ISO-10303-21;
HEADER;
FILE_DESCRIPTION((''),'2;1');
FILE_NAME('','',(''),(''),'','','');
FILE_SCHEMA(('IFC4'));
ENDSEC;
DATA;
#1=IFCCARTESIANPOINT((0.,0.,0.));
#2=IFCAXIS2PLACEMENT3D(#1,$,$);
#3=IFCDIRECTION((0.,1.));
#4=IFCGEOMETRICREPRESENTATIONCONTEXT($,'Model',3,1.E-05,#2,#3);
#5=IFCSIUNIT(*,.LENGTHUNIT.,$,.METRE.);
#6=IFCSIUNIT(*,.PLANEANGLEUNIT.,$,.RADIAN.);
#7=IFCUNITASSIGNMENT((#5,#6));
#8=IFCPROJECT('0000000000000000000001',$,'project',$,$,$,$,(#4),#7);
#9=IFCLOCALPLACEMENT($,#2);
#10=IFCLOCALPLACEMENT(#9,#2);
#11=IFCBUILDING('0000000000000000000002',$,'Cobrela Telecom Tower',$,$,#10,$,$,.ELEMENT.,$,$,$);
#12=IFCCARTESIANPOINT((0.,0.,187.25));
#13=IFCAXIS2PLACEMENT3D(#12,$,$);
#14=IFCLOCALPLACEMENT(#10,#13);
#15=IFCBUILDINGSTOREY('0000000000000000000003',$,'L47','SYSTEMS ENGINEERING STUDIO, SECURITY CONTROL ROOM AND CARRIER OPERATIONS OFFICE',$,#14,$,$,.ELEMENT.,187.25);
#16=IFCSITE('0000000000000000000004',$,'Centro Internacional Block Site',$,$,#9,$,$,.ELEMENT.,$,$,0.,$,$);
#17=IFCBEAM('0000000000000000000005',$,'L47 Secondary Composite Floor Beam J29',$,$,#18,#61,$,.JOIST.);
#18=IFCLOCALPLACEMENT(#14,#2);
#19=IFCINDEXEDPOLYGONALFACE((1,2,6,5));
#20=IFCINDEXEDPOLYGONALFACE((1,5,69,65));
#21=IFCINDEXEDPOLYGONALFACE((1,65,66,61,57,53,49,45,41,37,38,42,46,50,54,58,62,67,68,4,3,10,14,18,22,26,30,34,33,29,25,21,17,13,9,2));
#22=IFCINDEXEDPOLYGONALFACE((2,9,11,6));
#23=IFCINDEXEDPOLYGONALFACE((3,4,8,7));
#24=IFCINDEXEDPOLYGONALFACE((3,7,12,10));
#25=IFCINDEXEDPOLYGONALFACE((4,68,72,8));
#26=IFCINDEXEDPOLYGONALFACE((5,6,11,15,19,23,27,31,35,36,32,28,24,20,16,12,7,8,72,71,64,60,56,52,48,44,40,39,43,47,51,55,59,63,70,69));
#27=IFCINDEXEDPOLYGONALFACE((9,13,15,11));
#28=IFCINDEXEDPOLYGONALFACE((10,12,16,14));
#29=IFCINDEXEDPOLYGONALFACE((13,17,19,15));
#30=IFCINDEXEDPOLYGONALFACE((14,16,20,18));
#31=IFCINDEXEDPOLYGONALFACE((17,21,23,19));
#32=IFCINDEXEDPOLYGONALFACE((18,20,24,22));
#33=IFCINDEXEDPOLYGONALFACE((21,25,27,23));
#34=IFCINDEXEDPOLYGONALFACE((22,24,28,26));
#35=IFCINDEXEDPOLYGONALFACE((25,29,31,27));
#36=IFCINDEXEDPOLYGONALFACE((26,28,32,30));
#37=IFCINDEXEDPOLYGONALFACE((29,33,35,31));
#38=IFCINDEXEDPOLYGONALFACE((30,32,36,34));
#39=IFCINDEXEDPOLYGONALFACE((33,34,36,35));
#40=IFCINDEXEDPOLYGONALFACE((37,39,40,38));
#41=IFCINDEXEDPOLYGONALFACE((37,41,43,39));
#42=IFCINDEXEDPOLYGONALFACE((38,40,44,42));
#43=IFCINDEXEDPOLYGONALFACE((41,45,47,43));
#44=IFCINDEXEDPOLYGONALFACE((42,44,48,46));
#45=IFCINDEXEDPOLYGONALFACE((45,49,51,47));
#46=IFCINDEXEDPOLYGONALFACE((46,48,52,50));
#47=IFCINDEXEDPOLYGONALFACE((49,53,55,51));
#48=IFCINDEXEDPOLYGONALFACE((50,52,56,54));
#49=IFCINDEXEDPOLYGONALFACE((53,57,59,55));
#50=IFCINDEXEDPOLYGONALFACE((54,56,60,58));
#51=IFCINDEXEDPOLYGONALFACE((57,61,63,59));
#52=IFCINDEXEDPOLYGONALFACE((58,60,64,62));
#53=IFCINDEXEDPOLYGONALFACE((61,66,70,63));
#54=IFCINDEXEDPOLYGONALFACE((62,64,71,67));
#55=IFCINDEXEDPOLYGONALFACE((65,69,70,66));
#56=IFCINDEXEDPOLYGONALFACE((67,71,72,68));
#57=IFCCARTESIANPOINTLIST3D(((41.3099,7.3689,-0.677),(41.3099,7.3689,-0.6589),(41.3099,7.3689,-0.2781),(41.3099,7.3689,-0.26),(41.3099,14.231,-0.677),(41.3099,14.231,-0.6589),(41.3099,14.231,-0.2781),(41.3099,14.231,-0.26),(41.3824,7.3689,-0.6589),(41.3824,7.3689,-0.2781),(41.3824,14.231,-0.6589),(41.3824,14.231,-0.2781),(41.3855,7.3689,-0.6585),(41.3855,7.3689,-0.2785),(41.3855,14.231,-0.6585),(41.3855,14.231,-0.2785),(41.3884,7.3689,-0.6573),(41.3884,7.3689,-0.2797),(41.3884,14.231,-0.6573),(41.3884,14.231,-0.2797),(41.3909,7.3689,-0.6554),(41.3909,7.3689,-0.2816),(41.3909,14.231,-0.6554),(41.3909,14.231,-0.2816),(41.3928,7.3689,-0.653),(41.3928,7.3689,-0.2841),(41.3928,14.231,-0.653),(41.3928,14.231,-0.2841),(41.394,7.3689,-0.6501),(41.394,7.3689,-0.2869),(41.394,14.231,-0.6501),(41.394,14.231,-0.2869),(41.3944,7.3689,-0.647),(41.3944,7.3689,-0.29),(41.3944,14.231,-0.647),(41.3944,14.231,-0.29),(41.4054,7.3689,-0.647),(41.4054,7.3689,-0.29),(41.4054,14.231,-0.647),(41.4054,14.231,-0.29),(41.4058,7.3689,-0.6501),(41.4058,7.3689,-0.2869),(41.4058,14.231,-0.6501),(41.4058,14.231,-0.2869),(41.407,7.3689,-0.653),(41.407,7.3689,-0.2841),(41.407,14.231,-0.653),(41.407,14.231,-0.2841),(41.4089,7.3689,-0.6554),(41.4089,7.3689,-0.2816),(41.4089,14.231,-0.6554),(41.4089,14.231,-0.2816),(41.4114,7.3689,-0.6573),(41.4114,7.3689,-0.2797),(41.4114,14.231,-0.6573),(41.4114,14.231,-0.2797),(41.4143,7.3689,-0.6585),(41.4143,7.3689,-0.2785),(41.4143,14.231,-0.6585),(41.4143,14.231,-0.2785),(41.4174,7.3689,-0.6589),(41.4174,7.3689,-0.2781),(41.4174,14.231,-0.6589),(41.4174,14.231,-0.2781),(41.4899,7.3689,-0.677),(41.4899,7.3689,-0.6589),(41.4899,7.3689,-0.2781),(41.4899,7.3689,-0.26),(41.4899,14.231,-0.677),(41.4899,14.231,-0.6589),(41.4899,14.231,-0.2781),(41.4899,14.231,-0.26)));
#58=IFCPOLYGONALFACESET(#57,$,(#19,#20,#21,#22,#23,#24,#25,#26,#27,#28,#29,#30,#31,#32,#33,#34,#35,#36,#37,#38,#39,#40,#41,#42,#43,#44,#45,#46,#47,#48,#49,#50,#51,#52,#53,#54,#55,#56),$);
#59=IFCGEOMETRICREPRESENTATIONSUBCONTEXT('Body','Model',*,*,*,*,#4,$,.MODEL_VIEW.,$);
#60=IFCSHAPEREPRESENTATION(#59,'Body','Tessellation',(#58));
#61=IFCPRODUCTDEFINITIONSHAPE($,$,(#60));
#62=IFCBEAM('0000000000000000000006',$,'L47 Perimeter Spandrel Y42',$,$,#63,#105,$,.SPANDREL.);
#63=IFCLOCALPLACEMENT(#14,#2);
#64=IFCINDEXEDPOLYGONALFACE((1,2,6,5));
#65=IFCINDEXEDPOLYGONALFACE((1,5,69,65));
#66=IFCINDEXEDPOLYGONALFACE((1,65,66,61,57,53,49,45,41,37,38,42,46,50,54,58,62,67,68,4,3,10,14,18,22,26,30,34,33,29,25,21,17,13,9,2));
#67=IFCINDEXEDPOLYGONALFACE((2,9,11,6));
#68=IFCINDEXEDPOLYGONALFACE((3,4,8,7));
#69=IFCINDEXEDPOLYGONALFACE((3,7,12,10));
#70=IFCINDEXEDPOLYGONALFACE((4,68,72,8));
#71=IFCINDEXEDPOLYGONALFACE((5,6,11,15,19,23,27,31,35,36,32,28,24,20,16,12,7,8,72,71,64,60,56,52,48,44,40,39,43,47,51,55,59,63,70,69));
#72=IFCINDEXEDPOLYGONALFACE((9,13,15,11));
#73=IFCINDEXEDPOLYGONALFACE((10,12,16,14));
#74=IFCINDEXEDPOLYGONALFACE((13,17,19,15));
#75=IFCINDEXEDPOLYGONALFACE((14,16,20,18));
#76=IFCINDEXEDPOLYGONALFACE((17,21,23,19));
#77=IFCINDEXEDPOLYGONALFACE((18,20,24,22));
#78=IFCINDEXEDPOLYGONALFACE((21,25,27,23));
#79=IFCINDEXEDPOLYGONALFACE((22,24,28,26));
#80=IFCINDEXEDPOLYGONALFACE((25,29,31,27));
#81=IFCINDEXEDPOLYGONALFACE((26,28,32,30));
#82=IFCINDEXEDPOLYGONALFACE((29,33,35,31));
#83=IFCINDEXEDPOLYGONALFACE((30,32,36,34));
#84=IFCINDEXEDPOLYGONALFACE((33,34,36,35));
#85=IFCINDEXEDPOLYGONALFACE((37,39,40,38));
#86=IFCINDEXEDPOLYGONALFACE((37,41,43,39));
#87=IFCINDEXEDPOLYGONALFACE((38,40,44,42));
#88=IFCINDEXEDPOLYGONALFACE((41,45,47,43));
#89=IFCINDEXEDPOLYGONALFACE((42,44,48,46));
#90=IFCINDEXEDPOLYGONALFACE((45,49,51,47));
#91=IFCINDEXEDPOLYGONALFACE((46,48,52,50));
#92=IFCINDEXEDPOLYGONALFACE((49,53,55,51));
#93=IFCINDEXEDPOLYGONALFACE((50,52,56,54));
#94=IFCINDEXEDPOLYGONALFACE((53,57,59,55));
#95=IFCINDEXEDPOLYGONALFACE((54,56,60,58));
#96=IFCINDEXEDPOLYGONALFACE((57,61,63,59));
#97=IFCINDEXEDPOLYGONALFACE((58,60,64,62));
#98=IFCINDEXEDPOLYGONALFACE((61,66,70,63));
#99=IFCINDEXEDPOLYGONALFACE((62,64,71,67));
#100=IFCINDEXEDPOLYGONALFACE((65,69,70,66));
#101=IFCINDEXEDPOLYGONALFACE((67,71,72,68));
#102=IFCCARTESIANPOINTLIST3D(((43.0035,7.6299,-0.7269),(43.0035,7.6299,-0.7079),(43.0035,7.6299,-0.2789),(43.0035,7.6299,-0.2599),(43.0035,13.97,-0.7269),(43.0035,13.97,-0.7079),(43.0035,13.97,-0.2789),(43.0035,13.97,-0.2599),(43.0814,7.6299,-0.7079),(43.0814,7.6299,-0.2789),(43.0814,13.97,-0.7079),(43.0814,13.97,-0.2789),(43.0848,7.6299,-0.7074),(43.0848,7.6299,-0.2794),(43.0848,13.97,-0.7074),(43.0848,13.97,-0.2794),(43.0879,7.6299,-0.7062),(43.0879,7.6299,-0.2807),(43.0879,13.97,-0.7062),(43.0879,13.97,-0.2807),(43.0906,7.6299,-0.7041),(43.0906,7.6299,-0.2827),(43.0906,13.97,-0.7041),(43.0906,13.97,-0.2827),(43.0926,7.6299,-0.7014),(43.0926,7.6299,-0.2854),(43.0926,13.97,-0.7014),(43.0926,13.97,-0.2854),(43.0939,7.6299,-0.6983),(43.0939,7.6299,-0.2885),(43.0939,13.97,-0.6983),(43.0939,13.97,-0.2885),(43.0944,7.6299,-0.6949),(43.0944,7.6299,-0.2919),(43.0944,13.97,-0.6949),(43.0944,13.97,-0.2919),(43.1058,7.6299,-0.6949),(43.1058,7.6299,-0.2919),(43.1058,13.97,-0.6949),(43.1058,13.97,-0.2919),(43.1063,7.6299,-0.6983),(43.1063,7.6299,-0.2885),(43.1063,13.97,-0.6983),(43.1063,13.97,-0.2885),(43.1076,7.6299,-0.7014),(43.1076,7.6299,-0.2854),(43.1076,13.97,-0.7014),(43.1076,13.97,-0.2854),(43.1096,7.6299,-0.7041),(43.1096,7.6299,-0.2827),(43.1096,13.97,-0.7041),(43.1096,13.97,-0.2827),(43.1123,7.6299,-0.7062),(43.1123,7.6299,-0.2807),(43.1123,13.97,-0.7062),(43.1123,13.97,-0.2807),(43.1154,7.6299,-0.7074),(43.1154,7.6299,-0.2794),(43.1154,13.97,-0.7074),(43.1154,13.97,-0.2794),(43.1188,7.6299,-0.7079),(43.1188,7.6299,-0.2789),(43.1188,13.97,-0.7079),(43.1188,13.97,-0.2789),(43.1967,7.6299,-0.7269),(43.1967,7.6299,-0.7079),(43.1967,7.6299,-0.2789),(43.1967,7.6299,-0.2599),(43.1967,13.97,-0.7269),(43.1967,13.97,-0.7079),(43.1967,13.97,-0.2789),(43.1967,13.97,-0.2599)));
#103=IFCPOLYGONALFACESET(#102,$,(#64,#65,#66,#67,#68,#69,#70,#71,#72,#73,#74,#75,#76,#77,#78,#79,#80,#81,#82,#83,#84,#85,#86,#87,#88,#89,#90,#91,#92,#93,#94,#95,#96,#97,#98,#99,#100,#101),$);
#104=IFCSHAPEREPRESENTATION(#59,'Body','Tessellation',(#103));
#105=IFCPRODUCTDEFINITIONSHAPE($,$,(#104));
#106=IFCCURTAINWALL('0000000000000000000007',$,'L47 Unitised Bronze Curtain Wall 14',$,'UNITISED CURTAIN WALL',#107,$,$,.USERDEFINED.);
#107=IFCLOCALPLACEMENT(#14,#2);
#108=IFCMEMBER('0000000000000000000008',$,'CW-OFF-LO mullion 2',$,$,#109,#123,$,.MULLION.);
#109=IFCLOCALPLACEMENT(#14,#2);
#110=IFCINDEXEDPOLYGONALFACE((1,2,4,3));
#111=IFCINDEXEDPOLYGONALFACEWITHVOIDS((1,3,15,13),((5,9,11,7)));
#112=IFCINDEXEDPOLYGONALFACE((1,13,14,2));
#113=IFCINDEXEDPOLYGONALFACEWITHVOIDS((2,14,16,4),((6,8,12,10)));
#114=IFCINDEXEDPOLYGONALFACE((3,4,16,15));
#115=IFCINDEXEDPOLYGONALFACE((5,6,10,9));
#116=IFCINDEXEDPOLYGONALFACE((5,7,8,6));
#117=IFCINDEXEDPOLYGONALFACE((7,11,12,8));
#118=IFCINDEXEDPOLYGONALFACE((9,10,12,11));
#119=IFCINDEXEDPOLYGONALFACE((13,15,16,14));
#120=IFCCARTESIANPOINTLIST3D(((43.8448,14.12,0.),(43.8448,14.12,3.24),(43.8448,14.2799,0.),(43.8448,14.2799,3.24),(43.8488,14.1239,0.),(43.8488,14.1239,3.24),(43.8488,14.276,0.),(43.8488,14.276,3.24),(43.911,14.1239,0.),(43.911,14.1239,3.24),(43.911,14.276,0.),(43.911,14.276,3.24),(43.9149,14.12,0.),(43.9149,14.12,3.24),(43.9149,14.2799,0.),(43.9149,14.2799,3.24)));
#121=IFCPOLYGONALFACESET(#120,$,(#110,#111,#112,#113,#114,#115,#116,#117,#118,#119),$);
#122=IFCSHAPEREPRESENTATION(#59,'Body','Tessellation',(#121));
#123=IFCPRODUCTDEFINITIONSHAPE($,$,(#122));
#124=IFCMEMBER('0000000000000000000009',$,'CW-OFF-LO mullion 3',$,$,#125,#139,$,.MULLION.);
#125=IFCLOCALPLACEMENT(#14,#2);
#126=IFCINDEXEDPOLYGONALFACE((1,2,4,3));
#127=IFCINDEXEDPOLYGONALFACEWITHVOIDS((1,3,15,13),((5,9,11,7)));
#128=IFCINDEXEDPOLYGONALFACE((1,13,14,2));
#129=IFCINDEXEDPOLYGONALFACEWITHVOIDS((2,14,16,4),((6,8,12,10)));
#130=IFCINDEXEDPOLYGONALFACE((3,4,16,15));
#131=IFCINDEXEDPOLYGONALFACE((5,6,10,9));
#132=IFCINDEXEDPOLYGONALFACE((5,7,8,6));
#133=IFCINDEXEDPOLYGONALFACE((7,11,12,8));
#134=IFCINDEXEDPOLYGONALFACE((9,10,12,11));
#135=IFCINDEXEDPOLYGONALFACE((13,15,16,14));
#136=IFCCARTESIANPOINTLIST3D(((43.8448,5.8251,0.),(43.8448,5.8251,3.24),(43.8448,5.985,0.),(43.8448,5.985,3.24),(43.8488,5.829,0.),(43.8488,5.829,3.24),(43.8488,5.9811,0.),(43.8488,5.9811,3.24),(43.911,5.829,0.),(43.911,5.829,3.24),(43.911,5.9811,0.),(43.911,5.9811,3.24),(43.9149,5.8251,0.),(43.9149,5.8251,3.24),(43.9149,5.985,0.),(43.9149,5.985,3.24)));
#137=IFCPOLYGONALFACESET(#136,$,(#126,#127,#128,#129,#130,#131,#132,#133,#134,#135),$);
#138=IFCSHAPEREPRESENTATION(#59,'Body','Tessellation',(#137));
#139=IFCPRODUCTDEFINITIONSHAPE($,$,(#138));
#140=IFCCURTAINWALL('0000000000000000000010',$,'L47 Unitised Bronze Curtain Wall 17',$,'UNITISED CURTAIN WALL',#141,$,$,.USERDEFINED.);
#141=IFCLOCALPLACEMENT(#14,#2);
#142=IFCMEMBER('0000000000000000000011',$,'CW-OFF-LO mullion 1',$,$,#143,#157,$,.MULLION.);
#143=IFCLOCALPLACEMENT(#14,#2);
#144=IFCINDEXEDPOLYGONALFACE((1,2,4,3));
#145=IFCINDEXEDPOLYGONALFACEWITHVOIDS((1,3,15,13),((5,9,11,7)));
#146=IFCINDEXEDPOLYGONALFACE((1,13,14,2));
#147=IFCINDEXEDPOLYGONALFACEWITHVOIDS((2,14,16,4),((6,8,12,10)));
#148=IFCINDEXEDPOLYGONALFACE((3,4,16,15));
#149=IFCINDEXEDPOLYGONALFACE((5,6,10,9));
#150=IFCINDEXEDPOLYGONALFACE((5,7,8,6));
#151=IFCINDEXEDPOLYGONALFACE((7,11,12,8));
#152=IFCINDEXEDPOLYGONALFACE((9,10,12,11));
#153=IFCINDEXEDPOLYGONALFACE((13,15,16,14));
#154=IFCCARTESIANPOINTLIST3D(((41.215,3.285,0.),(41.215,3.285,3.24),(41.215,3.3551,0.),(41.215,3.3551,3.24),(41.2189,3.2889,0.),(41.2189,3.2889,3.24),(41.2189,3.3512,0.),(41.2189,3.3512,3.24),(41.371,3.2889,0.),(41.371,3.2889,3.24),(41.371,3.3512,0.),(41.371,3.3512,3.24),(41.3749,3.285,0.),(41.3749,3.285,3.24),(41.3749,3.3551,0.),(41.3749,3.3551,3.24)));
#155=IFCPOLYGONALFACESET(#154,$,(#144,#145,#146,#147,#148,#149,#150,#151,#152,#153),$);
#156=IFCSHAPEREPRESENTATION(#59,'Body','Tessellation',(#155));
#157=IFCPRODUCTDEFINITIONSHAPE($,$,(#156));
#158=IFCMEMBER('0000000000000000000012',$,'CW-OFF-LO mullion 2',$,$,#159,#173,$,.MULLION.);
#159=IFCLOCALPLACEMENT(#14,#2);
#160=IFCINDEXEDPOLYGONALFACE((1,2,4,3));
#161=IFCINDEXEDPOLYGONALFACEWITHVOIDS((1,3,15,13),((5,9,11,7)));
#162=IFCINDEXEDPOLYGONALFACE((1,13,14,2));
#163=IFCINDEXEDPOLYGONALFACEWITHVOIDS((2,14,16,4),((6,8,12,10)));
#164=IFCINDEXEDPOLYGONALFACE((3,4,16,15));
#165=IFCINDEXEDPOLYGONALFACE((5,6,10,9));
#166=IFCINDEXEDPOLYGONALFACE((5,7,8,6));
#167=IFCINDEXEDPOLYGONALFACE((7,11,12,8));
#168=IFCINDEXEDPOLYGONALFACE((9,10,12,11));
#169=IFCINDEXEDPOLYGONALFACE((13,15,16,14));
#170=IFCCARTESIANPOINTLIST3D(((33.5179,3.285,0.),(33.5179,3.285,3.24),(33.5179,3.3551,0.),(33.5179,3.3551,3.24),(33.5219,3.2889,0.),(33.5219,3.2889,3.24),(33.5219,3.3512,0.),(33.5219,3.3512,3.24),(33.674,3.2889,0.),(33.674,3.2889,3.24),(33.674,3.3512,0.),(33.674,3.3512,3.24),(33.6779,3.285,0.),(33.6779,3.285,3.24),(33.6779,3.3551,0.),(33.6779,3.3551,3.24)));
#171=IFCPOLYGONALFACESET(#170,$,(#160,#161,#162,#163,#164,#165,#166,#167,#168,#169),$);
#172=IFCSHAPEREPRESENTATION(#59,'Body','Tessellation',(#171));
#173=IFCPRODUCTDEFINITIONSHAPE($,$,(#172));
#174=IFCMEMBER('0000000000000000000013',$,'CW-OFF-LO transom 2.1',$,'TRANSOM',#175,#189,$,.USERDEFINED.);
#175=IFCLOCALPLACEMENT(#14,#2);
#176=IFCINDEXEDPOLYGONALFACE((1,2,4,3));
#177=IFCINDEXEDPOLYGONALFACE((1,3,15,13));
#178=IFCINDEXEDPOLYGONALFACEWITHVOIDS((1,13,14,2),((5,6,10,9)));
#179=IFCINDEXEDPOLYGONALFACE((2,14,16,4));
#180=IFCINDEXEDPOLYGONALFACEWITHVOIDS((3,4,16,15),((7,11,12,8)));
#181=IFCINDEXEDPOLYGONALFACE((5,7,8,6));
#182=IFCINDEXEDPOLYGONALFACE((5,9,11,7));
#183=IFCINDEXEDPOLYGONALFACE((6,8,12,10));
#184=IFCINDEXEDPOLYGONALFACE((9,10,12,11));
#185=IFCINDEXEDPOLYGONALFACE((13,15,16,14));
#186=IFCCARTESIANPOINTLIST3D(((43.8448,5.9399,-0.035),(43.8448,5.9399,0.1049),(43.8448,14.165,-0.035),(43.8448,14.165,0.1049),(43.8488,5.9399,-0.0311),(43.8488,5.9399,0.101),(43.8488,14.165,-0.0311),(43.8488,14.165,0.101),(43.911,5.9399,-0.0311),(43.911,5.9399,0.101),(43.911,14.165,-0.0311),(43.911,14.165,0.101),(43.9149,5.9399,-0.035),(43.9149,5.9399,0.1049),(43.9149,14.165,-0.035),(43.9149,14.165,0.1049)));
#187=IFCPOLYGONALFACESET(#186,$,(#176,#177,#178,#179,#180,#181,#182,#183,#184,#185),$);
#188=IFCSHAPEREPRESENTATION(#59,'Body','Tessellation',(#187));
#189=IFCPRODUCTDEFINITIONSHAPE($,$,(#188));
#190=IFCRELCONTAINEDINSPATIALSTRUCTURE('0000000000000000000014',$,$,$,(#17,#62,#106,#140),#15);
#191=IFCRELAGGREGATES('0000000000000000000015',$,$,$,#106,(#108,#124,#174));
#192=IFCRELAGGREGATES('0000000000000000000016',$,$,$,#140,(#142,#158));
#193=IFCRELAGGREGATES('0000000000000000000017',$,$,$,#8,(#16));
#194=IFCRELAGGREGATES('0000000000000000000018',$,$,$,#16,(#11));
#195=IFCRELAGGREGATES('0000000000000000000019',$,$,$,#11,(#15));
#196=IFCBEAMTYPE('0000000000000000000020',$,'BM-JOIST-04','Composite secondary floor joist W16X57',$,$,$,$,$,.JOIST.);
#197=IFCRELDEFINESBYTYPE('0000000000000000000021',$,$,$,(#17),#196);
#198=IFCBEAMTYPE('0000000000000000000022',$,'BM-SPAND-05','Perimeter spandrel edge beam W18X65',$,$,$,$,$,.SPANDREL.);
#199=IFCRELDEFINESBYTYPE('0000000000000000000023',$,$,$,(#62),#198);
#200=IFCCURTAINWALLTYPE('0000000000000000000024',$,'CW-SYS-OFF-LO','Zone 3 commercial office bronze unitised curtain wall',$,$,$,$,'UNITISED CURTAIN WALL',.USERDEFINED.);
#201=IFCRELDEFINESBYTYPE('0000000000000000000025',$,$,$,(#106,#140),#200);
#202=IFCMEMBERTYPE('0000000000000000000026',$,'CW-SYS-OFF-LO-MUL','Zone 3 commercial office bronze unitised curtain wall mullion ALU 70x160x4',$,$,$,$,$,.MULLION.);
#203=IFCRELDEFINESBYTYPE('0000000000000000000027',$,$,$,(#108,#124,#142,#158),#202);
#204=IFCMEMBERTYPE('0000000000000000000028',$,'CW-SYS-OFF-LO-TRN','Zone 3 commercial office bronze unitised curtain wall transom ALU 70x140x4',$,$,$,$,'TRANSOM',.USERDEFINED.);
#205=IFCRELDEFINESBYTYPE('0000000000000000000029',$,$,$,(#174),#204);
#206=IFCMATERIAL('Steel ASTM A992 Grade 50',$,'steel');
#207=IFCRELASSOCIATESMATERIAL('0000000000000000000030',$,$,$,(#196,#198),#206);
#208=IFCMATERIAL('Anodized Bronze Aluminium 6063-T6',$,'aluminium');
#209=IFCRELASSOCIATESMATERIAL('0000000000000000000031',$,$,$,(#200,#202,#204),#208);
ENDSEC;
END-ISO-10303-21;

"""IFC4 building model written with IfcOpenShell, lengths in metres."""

from ifc_helpers import new_model, si_unit, direction, frame, origin, origin_2d, place, context, subcontext, project, spatial, hollow_rectangle, i_section, extrude, material, material_profile, profile_set, type_object, element, aggregate, save


model = new_model("IFC4")

# Units and contexts
model_context = context("Model", 3, precision=1e-05, world=origin(), true_north=direction((0.0, 1.0)))
body_context = subcontext(model_context, "Body", "Model", "MODEL_VIEW")
ifc_project = project(units=[si_unit("LENGTHUNIT", "METRE"), si_unit("PLANEANGLEUNIT", "RADIAN")], contexts=[model_context])

# Site, building, storey
site_placement = place(None, origin())
site = spatial("IfcSite", under=ifc_project, at=site_placement, Name="Centro Internacional Block Site", CompositionType="ELEMENT", RefElevation=0.0)
building_placement = place(site_placement, origin())
building = spatial("IfcBuilding", under=site, at=building_placement, Name="Cobrela Telecom Tower", CompositionType="ELEMENT")
storey_placement = place(building_placement, frame((0.0, 0.0, 187.25)))
storey = spatial("IfcBuildingStorey", under=building, at=storey_placement, Name="L47", Description="SYSTEMS ENGINEERING STUDIO, SECURITY CONTROL ROOM AND CARRIER OPERATIONS OFFICE", CompositionType="ELEMENT", Elevation=187.25)

# Shared definitions
ifc_material_1 = material(Name="Steel ASTM A992 Grade 50", Category="steel")

# Beams
ifc_material_profile_1 = material_profile(ifc_material_1, i_section(OverallWidth=0.1799, OverallDepth=0.417, WebThickness=0.011, FlangeThickness=0.0181, FilletRadius=0.012, at=origin_2d()), Name="W16X57")
ifc_profile_set_1 = profile_set([ifc_material_profile_1], Name="Steel ASTM A992 Grade 50")
beam_type_1 = type_object("IfcBeamType", Name="BM-JOIST-04", Description="Composite secondary floor joist W16X57", PredefinedType="JOIST", material=ifc_profile_set_1)
for number, where, z_axis, x_axis, name in (
    (1, (41.3999, 7.3689, -0.4685), (0.0, 1.0, 0.0), (-1.0, 0.0, 0.0), "L47 Secondary Composite Floor Beam J29"),
):
    element("IfcBeam", number, at=place(storey_placement, frame(where, z_axis=z_axis, x_axis=x_axis)), inside=storey, type_object=beam_type_1, Name=name, PredefinedType="JOIST", context=body_context, shape_type="SweptSolid", body=[
        extrude(i_section(OverallWidth=0.1799, OverallDepth=0.417, WebThickness=0.011, FlangeThickness=0.0181, FilletRadius=0.012, at=origin_2d()), origin(), (0.0, 0.0, 1.0), 6.8621),
    ])
ifc_material_profile_2 = material_profile(ifc_material_1, i_section(OverallWidth=0.1931, OverallDepth=0.467, WebThickness=0.0115, FlangeThickness=0.019, FilletRadius=0.0129, at=origin_2d()), Name="W18X65")
ifc_profile_set_2 = profile_set([ifc_material_profile_2], Name="Steel ASTM A992 Grade 50")
beam_type_2 = type_object("IfcBeamType", Name="BM-SPAND-05", Description="Perimeter spandrel edge beam W18X65", PredefinedType="SPANDREL", material=ifc_profile_set_2)
beam_1_placement = place(storey_placement, frame((43.1001, 7.6299, -0.4934), z_axis=(0.0, 1.0, 0.0), x_axis=(-1.0, 0.0, 0.0)))
element("IfcBeam", 2, at=beam_1_placement, inside=storey, type_object=beam_type_2, Name="L47 Perimeter Spandrel Y42", PredefinedType="SPANDREL", context=body_context, shape_type="SweptSolid", body=[
    extrude(i_section(OverallWidth=0.1931, OverallDepth=0.467, WebThickness=0.0115, FlangeThickness=0.019, FilletRadius=0.0129, at=origin_2d()), origin(), (0.0, 0.0, 1.0), 6.3401),
])

# Curtain walls, members
ifc_material_2 = material(Name="Anodized Bronze Aluminium 6063-T6", Category="aluminium")
curtain_wall_type = type_object("IfcCurtainWallType", Name="CW-SYS-OFF-LO", Description="Zone 3 commercial office bronze unitised curtain wall", ElementType="UNITISED CURTAIN WALL", PredefinedType="USERDEFINED", material=ifc_material_2)
curtain_wall_1_placement = place(storey_placement, origin())
curtain_wall_1 = element("IfcCurtainWall", 3, at=curtain_wall_1_placement, inside=storey, type_object=curtain_wall_type, Name="L47 Unitised Bronze Curtain Wall 14", ObjectType="UNITISED CURTAIN WALL", PredefinedType="USERDEFINED")
ifc_material_profile_3 = material_profile(ifc_material_2, hollow_rectangle(XDim=0.0701, YDim=0.1599, WallThickness=0.0039, at=origin_2d()), Name="ALU 70x160x4")
ifc_profile_set_3 = profile_set([ifc_material_profile_3], Name="Anodized Bronze Aluminium 6063-T6")
member_type_1 = type_object("IfcMemberType", Name="CW-SYS-OFF-LO-MUL", Description="Zone 3 commercial office bronze unitised curtain wall mullion ALU 70x160x4", PredefinedType="MULLION", material=ifc_profile_set_3)
member_1_placement = place(storey_placement, frame((43.8799, 14.2, 0.0), z_axis=(0.0, 0.0, 1.0), x_axis=(1.0, 0.0, 0.0)))
member_1 = element("IfcMember", 4, at=member_1_placement, type_object=member_type_1, Name="CW-OFF-LO mullion 2", PredefinedType="MULLION", context=body_context, shape_type="SweptSolid", body=[
    extrude(hollow_rectangle(XDim=0.0701, YDim=0.1599, WallThickness=0.0039, at=origin_2d()), origin(), (0.0, 0.0, 1.0), 3.24),
])
member_2_placement = place(storey_placement, frame((43.8799, 5.905, 0.0), z_axis=(0.0, 0.0, 1.0), x_axis=(1.0, 0.0, 0.0)))
member_2 = element("IfcMember", 5, at=member_2_placement, type_object=member_type_1, Name="CW-OFF-LO mullion 3", PredefinedType="MULLION", context=body_context, shape_type="SweptSolid", body=[
    extrude(hollow_rectangle(XDim=0.0701, YDim=0.1599, WallThickness=0.0039, at=origin_2d()), origin(), (0.0, 0.0, 1.0), 3.24),
])
curtain_wall_2_placement = place(storey_placement, origin())
curtain_wall_2 = element("IfcCurtainWall", 6, at=curtain_wall_2_placement, inside=storey, type_object=curtain_wall_type, Name="L47 Unitised Bronze Curtain Wall 17", ObjectType="UNITISED CURTAIN WALL", PredefinedType="USERDEFINED")
member_3_placement = place(storey_placement, frame((41.2949, 3.3201, 0.0), z_axis=(0.0, 0.0, 1.0), x_axis=(0.0, -1.0, 0.0)))
member_3 = element("IfcMember", 7, at=member_3_placement, type_object=member_type_1, Name="CW-OFF-LO mullion 1", PredefinedType="MULLION", context=body_context, shape_type="SweptSolid", body=[
    extrude(hollow_rectangle(XDim=0.0701, YDim=0.1599, WallThickness=0.0039, at=origin_2d()), origin(), (0.0, 0.0, 1.0), 3.24),
])
member_4_placement = place(storey_placement, frame((33.5979, 3.3201, 0.0), z_axis=(0.0, 0.0, 1.0), x_axis=(0.0, -1.0, 0.0)))
member_4 = element("IfcMember", 8, at=member_4_placement, type_object=member_type_1, Name="CW-OFF-LO mullion 2", PredefinedType="MULLION", context=body_context, shape_type="SweptSolid", body=[
    extrude(hollow_rectangle(XDim=0.0701, YDim=0.1599, WallThickness=0.0039, at=origin_2d()), origin(), (0.0, 0.0, 1.0), 3.24),
])

# Member
ifc_material_profile_4 = material_profile(ifc_material_2, hollow_rectangle(XDim=0.0701, YDim=0.1399, WallThickness=0.0039, at=origin_2d()), Name="ALU 70x140x4")
ifc_profile_set_4 = profile_set([ifc_material_profile_4], Name="Anodized Bronze Aluminium 6063-T6")
member_type_2 = type_object("IfcMemberType", Name="CW-SYS-OFF-LO-TRN", Description="Zone 3 commercial office bronze unitised curtain wall transom ALU 70x140x4", ElementType="TRANSOM", PredefinedType="USERDEFINED", material=ifc_profile_set_4)
member_5_placement = place(storey_placement, frame((43.8799, 14.165, 0.0349), z_axis=(0.0, -1.0, 0.0), x_axis=(1.0, 0.0, 0.0)))
member_5 = element("IfcMember", 9, at=member_5_placement, type_object=member_type_2, Name="CW-OFF-LO transom 2.1", ObjectType="TRANSOM", PredefinedType="USERDEFINED", context=body_context, shape_type="SweptSolid", body=[
    extrude(hollow_rectangle(XDim=0.0701, YDim=0.1399, WallThickness=0.0039, at=origin_2d()), origin(), (0.0, 0.0, 1.0), 8.2251),
])

aggregate(curtain_wall_1, [member_1, member_2, member_5])
aggregate(curtain_wall_2, [member_3, member_4])

save(model, "model.ifc")
